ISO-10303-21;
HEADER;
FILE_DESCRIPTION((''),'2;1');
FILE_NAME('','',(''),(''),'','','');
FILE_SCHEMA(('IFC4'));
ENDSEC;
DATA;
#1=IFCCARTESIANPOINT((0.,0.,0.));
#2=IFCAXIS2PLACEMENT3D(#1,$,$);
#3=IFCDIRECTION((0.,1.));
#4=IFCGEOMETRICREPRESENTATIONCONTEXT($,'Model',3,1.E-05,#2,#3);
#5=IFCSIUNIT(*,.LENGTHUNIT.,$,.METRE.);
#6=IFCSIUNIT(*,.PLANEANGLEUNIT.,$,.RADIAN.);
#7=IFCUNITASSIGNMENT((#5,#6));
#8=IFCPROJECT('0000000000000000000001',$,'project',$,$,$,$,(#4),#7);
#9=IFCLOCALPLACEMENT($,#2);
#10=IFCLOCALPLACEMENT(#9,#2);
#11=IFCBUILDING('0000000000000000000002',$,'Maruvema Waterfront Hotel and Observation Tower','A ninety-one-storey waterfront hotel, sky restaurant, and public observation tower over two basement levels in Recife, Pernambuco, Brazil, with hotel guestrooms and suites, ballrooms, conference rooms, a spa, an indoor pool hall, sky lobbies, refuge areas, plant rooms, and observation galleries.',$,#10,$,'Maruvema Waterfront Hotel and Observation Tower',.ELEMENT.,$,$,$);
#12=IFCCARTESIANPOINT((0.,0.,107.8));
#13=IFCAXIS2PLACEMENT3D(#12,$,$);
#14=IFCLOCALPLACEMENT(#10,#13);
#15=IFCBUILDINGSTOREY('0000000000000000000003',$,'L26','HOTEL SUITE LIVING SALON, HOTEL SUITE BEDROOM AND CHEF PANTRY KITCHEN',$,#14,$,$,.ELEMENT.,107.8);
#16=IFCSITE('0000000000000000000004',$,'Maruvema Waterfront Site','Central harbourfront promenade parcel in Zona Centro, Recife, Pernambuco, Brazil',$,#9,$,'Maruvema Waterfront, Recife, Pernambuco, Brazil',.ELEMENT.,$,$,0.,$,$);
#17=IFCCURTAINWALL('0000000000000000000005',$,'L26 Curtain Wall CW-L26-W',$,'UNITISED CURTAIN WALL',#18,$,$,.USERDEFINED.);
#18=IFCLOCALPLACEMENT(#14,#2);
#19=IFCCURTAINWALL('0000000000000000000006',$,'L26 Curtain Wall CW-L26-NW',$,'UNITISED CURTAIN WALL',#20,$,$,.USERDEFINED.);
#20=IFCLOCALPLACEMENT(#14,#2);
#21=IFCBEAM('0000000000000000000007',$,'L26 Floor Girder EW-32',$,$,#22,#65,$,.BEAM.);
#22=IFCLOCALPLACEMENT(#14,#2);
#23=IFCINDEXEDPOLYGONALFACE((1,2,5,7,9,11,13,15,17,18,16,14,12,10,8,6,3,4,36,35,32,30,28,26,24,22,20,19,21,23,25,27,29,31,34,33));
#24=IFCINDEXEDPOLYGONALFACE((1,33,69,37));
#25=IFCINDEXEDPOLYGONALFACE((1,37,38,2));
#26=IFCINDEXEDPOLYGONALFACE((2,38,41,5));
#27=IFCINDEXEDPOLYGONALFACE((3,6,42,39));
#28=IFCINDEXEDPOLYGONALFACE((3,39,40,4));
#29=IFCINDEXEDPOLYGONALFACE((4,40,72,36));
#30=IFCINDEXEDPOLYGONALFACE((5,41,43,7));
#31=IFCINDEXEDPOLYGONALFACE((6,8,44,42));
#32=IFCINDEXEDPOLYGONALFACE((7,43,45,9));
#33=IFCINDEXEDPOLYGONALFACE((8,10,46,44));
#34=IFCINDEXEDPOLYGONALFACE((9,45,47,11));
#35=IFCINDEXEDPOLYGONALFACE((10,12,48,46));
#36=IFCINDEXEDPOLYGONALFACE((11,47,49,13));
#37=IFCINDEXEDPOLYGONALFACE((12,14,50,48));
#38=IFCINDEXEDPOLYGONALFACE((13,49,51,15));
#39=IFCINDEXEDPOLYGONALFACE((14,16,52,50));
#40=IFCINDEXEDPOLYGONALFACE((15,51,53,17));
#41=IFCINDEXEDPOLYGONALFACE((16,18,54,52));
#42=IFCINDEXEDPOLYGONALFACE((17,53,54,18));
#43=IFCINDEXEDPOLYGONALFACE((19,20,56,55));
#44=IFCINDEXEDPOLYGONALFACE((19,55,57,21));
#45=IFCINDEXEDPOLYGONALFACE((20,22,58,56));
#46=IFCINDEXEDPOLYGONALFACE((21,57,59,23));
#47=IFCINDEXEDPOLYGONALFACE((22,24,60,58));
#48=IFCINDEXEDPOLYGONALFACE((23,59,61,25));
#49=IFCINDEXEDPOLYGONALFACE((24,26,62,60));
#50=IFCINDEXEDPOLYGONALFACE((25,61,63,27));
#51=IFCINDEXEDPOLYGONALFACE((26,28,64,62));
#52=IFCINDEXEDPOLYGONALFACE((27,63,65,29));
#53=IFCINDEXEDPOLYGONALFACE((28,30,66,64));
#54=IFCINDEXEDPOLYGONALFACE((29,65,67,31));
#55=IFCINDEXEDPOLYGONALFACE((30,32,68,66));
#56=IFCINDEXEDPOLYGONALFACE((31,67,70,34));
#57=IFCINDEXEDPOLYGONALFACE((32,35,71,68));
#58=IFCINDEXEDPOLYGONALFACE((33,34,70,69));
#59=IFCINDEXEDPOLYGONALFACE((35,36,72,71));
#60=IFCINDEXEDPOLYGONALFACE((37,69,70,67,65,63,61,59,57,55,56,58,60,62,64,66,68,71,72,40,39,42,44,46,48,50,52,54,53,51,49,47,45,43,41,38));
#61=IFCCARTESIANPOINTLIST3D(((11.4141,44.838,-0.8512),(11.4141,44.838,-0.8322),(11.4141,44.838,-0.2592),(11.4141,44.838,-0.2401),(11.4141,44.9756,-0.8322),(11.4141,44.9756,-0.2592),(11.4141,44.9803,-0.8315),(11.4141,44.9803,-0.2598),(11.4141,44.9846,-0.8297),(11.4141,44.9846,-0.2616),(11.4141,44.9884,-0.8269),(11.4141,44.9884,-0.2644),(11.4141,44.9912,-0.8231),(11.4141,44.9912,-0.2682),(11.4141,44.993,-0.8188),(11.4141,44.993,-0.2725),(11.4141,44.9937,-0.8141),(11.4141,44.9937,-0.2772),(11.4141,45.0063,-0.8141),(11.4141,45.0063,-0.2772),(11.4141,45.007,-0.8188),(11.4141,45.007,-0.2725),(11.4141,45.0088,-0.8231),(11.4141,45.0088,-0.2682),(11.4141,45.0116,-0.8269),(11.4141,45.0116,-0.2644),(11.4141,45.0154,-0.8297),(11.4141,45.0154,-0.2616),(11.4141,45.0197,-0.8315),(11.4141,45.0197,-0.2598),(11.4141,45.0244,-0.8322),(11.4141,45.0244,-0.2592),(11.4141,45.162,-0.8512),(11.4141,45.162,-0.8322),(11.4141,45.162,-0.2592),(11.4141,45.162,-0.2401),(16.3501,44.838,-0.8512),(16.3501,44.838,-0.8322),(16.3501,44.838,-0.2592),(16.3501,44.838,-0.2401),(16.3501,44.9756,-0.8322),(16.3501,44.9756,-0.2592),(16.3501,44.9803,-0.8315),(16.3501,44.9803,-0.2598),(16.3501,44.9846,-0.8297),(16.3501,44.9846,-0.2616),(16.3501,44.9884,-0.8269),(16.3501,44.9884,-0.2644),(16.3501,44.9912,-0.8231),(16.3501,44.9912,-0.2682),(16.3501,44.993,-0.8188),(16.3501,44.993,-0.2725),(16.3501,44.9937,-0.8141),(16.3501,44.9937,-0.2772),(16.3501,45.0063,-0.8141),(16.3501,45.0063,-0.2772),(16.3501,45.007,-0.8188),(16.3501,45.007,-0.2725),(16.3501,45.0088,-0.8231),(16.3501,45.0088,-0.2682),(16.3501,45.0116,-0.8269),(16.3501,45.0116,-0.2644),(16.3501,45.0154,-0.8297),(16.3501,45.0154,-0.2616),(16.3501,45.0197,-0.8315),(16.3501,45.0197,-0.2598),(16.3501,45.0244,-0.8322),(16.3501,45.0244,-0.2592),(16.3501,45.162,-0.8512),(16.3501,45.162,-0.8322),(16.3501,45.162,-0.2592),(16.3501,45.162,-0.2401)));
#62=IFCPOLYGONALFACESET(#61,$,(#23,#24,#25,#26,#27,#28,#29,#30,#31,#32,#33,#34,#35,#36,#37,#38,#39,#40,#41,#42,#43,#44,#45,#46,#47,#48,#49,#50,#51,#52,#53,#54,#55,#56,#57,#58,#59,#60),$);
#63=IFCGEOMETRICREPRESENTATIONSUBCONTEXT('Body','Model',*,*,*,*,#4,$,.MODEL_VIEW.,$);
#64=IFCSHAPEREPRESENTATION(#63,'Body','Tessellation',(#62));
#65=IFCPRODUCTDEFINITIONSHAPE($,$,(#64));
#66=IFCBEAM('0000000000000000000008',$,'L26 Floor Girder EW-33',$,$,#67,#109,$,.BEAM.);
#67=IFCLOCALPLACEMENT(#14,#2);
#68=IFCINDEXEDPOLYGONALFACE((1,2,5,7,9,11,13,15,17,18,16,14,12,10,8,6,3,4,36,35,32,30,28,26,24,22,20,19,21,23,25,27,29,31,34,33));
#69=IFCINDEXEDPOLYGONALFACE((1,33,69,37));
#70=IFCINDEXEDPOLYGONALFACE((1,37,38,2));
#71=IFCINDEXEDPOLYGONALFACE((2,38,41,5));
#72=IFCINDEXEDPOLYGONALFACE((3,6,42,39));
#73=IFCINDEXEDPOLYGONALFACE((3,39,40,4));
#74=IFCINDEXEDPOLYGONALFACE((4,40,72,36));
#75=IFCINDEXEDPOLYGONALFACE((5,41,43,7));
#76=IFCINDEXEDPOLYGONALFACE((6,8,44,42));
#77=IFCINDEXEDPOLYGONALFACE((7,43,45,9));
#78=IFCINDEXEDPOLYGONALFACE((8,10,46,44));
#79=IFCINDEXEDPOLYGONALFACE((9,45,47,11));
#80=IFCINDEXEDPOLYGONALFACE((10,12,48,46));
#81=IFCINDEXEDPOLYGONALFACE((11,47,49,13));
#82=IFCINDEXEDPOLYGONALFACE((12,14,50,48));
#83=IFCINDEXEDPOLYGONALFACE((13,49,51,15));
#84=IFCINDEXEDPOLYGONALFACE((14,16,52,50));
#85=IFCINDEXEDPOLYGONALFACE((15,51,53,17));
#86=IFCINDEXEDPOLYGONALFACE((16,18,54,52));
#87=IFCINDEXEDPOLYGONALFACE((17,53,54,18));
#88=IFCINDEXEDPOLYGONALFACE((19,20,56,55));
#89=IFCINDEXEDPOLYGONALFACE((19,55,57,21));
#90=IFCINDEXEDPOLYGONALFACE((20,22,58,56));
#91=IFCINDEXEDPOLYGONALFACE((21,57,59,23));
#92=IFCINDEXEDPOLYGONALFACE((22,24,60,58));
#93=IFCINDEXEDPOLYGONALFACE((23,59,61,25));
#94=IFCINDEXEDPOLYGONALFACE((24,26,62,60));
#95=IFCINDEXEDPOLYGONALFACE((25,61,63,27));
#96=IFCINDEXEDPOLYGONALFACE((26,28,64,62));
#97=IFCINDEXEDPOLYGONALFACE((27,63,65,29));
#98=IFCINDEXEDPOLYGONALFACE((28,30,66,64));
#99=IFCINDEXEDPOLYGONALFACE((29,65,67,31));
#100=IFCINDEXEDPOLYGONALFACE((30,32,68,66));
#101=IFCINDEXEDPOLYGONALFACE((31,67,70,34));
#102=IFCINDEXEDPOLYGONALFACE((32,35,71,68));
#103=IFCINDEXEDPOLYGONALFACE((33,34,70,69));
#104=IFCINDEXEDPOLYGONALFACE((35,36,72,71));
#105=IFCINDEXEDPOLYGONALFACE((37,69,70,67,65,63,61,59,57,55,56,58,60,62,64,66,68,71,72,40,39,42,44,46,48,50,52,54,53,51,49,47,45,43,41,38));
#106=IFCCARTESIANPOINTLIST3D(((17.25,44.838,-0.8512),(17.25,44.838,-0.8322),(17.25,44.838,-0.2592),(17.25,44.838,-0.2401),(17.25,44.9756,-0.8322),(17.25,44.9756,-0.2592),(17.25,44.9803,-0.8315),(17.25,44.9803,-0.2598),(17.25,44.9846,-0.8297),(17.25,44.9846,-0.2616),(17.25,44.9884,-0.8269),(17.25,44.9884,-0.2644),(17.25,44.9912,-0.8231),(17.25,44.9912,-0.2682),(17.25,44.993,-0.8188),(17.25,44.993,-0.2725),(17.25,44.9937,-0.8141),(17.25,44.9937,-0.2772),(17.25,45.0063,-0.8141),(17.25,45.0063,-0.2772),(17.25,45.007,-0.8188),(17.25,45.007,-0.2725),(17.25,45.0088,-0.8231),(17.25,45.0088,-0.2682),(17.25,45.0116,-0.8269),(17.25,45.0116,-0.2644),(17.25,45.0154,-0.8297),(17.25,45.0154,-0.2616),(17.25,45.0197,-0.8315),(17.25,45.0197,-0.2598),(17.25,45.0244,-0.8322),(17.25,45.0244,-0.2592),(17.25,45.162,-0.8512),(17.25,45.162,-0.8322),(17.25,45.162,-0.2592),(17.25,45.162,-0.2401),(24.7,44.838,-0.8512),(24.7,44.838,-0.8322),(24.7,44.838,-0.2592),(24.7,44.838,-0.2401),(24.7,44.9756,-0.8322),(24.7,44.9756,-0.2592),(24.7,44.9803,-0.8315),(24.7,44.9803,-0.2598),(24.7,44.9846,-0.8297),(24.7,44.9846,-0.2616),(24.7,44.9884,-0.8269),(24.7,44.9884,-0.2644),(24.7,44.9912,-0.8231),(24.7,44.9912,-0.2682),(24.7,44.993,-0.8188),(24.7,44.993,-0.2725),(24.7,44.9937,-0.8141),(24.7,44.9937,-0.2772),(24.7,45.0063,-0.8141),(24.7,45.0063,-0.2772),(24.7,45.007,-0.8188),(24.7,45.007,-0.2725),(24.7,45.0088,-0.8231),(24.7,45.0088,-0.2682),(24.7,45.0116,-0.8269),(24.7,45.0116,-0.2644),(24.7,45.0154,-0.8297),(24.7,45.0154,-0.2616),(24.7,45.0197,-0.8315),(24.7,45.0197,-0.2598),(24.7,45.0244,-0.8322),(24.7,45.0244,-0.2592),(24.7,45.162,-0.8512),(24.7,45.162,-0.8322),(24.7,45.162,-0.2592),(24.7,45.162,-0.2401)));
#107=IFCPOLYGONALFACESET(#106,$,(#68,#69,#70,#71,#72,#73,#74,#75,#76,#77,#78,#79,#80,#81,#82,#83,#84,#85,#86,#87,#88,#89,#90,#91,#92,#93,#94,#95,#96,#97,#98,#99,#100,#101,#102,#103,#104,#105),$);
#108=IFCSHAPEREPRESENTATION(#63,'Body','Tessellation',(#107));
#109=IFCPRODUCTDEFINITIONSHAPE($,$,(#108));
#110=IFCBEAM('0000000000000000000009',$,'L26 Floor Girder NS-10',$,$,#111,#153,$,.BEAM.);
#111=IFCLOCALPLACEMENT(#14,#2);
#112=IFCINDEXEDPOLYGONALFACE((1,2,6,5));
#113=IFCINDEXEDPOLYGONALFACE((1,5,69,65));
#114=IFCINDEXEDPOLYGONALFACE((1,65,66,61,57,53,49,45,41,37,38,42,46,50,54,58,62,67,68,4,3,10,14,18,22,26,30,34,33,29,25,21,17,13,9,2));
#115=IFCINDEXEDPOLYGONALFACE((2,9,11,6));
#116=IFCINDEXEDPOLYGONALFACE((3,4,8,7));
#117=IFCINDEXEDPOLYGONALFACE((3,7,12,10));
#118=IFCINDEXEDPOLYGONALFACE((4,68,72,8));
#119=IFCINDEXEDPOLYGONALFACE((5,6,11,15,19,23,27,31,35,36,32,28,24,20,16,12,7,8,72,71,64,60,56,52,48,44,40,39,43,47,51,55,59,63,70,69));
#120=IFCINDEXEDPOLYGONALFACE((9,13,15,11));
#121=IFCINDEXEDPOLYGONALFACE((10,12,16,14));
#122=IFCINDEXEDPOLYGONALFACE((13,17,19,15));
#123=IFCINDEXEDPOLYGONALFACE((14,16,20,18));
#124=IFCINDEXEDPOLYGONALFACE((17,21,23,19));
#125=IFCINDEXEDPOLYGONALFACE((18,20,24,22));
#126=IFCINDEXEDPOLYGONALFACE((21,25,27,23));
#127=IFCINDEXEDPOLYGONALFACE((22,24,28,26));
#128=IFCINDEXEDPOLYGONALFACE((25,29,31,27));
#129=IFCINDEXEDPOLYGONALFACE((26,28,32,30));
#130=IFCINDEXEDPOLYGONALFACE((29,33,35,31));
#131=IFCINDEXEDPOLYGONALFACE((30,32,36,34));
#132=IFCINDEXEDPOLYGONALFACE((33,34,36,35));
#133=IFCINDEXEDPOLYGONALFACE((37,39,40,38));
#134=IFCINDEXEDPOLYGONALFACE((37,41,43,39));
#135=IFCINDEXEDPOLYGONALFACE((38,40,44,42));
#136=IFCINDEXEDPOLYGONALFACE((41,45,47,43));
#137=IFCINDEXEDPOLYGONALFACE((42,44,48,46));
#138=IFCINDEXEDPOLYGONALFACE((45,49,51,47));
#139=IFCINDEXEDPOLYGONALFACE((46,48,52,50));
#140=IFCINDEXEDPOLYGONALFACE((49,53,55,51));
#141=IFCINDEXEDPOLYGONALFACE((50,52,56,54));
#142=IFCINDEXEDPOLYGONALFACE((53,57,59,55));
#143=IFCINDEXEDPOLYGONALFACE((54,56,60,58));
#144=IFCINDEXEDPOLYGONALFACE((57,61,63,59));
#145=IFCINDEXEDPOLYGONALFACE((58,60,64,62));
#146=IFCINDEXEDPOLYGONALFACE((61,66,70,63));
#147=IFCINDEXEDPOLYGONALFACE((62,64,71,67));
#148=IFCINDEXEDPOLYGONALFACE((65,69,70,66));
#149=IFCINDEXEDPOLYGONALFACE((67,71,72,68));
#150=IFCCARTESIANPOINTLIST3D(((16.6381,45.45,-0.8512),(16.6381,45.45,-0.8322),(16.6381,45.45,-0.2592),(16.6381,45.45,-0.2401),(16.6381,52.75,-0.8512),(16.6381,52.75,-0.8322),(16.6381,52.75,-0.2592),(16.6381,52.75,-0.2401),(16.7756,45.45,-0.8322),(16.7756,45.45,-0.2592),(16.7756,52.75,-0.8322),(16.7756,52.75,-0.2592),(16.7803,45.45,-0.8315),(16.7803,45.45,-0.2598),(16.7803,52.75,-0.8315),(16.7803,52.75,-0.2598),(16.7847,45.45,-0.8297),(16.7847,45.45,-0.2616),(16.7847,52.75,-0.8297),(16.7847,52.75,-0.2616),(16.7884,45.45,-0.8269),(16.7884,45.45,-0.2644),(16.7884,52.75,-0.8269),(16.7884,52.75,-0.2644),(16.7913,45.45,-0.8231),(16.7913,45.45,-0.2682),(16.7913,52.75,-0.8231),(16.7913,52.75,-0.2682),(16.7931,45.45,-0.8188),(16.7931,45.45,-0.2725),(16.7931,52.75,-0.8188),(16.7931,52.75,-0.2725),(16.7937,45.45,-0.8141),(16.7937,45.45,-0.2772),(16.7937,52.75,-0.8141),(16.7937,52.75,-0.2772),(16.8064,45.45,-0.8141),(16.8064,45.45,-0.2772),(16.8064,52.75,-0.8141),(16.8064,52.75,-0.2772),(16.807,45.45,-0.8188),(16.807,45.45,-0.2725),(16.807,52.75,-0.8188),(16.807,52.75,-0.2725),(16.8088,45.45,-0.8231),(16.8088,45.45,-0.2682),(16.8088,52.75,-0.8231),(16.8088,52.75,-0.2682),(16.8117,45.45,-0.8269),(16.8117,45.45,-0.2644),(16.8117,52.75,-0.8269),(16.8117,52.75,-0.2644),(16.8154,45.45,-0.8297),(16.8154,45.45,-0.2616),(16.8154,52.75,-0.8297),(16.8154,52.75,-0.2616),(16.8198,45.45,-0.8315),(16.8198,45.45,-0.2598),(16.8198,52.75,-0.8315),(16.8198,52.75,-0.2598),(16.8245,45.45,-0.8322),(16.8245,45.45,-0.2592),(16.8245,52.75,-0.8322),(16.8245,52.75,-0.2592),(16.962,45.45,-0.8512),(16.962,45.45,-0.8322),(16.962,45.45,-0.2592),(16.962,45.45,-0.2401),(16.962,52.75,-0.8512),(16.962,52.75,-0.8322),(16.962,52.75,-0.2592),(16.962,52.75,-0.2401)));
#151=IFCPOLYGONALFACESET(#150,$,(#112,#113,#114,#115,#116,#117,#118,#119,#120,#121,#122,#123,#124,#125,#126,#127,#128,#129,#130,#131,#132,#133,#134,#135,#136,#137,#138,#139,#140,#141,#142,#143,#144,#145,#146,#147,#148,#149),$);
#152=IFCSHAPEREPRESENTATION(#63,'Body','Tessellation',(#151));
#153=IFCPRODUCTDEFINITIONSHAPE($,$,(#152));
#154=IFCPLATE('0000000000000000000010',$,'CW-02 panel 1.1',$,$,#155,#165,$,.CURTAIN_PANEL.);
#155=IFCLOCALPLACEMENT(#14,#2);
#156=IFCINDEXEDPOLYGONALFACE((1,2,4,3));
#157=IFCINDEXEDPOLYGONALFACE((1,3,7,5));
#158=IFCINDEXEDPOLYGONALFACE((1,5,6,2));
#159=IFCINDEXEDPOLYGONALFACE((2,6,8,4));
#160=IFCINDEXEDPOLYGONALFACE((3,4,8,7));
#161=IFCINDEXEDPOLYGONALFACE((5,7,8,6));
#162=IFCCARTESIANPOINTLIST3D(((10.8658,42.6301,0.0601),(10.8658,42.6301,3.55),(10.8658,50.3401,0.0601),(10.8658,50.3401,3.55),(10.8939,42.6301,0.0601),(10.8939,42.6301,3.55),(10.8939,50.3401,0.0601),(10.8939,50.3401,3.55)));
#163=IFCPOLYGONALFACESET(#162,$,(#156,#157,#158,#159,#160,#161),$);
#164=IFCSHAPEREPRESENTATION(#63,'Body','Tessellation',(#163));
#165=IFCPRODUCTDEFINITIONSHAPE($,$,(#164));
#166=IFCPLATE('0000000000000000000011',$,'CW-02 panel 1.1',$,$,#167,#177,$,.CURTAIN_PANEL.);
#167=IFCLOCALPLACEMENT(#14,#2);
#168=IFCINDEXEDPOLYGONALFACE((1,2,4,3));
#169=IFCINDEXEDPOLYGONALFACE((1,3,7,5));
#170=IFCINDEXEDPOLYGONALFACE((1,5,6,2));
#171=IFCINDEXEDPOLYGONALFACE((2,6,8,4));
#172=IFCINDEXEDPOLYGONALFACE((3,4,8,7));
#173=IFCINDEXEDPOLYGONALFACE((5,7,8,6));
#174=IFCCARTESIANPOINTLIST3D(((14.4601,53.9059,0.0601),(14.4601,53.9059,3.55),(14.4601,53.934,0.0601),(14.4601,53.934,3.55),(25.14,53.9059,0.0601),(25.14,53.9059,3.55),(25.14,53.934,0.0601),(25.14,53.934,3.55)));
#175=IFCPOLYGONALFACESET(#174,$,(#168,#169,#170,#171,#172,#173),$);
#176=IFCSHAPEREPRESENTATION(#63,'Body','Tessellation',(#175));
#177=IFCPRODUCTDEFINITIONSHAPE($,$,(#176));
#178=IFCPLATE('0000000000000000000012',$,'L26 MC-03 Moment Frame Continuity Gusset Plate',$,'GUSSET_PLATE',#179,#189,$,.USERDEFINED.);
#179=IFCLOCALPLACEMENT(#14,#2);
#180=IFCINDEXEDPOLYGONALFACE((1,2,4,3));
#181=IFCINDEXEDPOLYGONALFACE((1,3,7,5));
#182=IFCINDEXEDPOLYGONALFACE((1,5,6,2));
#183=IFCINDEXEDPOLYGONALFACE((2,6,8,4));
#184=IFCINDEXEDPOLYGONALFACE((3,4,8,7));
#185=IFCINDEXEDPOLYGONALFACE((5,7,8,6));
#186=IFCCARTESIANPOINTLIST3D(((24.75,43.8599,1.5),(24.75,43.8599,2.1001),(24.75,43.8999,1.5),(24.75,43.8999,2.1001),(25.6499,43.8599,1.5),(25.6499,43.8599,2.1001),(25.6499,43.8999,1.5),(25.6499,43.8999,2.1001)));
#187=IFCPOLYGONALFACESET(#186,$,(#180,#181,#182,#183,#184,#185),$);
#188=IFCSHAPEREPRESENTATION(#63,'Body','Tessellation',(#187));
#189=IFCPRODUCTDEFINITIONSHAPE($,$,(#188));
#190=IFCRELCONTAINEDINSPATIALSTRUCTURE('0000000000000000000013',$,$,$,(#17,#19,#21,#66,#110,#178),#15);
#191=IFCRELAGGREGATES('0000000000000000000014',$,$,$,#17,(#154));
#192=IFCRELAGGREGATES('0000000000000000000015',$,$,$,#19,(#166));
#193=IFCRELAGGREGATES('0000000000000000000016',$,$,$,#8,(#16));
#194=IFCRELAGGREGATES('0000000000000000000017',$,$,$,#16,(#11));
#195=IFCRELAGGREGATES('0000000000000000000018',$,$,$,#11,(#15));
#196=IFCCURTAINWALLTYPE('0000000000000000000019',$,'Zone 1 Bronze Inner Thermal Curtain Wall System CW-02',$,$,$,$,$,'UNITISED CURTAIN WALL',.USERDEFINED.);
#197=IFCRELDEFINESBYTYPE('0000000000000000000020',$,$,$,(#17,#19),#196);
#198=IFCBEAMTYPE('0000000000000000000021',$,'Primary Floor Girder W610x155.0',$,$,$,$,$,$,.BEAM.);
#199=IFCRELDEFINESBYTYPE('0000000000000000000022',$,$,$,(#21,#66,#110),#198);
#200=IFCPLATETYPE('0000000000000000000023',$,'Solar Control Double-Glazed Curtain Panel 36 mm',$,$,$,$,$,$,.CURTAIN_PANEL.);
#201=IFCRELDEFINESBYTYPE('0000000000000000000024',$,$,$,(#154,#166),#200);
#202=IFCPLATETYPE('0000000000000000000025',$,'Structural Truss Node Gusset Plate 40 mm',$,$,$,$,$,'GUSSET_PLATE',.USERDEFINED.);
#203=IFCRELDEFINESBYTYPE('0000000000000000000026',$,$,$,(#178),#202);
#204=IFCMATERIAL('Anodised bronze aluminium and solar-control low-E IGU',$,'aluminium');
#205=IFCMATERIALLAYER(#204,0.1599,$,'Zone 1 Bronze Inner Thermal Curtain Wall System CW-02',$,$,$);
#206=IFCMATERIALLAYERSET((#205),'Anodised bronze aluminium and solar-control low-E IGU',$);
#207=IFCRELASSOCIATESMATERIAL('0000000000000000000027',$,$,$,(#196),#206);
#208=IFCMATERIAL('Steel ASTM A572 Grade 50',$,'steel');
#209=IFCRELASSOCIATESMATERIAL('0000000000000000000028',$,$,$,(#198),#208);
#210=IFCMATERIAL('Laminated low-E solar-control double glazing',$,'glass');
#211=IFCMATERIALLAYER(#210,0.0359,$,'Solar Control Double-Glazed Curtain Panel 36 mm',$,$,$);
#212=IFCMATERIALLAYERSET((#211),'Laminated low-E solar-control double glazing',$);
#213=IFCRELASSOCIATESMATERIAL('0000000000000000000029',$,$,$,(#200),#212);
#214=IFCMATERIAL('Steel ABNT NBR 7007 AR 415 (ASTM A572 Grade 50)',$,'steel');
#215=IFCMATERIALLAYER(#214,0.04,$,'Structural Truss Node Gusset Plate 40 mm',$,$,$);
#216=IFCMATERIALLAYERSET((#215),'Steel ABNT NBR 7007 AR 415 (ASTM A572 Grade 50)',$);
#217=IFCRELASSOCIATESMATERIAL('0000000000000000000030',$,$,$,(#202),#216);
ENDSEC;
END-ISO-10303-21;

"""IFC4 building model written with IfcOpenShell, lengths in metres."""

from ifc_helpers import new_model, si_unit, direction, frame, origin, origin_2d, place, context, subcontext, project, spatial, rectangle, i_section, extrude, material, layer, layer_set, material_profile, profile_set, type_object, element, aggregate, save


model = new_model("IFC4")

# Units and contexts
model_context = context("Model", 3, precision=1e-05, world=origin(), true_north=direction((0.0, 1.0)))
body_context = subcontext(model_context, "Body", "Model", "MODEL_VIEW")
ifc_project = project(units=[si_unit("LENGTHUNIT", "METRE"), si_unit("PLANEANGLEUNIT", "RADIAN")], contexts=[model_context])

# Site, building, storey
site_placement = place(None, origin())
site = spatial("IfcSite", under=ifc_project, at=site_placement, Name="Maruvema Waterfront Site", Description="Central harbourfront promenade parcel in Zona Centro, Recife, Pernambuco, Brazil", LongName="Maruvema Waterfront, Recife, Pernambuco, Brazil", CompositionType="ELEMENT", RefElevation=0.0)
building_placement = place(site_placement, origin())
building = spatial("IfcBuilding", under=site, at=building_placement, Name="Maruvema Waterfront Hotel and Observation Tower", Description="A ninety-one-storey waterfront hotel, sky restaurant, and public observation tower over two basement levels in Recife, Pernambuco, Brazil, with hotel guestrooms and suites, ballrooms, conference rooms, a spa, an indoor pool hall, sky lobbies, refuge areas, plant rooms, and observation galleries.", LongName="Maruvema Waterfront Hotel and Observation Tower", CompositionType="ELEMENT")
storey_placement = place(building_placement, frame((0.0, 0.0, 107.8)))
storey = spatial("IfcBuildingStorey", under=building, at=storey_placement, Name="L26", Description="HOTEL SUITE LIVING SALON, HOTEL SUITE BEDROOM AND CHEF PANTRY KITCHEN", CompositionType="ELEMENT", Elevation=107.8)

# Curtain walls
ifc_material_1 = material(Name="Anodised bronze aluminium and solar-control low-E IGU", Category="aluminium")
ifc_layer_1 = layer(ifc_material_1, 0.1599, Name="Zone 1 Bronze Inner Thermal Curtain Wall System CW-02")
ifc_layer_set_1 = layer_set([ifc_layer_1], Name="Anodised bronze aluminium and solar-control low-E IGU")
curtain_wall_type = type_object("IfcCurtainWallType", Name="Zone 1 Bronze Inner Thermal Curtain Wall System CW-02", ElementType="UNITISED CURTAIN WALL", PredefinedType="USERDEFINED", material=ifc_layer_set_1)
curtain_wall_1_placement = place(storey_placement, origin())
curtain_wall_1 = element("IfcCurtainWall", 1, at=curtain_wall_1_placement, inside=storey, type_object=curtain_wall_type, Name="L26 Curtain Wall CW-L26-W", ObjectType="UNITISED CURTAIN WALL", PredefinedType="USERDEFINED")
curtain_wall_2_placement = place(storey_placement, origin())
curtain_wall_2 = element("IfcCurtainWall", 2, at=curtain_wall_2_placement, inside=storey, type_object=curtain_wall_type, Name="L26 Curtain Wall CW-L26-NW", ObjectType="UNITISED CURTAIN WALL", PredefinedType="USERDEFINED")

# Beams
ifc_material_2 = material(Name="Steel ASTM A572 Grade 50", Category="steel")
ifc_material_profile_1 = material_profile(ifc_material_2, i_section(OverallWidth=0.324, OverallDepth=0.6111, WebThickness=0.0127, FlangeThickness=0.019, FilletRadius=0.0181, at=origin_2d()), Name="W610x155.0")
ifc_profile_set_1 = profile_set([ifc_material_profile_1], Name="Steel ASTM A572 Grade 50")
beam_type = type_object("IfcBeamType", Name="Primary Floor Girder W610x155.0", PredefinedType="BEAM", material=ifc_profile_set_1)
beam_1_placement = place(storey_placement, frame((11.4141, 45.0, -0.5457), z_axis=(1.0, 0.0, 0.0), x_axis=(0.0, 1.0, 0.0)))
element("IfcBeam", 3, at=beam_1_placement, inside=storey, type_object=beam_type, Name="L26 Floor Girder EW-32", PredefinedType="BEAM", context=body_context, shape_type="SweptSolid", body=[
    extrude(i_section(OverallWidth=0.324, OverallDepth=0.6111, WebThickness=0.0127, FlangeThickness=0.019, FilletRadius=0.0181, at=origin_2d()), origin(), (0.0, 0.0, 1.0), 4.936),
])
beam_2_placement = place(storey_placement, frame((17.25, 45.0, -0.5457), z_axis=(1.0, 0.0, 0.0), x_axis=(0.0, 1.0, 0.0)))
element("IfcBeam", 4, at=beam_2_placement, inside=storey, type_object=beam_type, Name="L26 Floor Girder EW-33", PredefinedType="BEAM", context=body_context, shape_type="SweptSolid", body=[
    extrude(i_section(OverallWidth=0.324, OverallDepth=0.6111, WebThickness=0.0127, FlangeThickness=0.019, FilletRadius=0.0181, at=origin_2d()), origin(), (0.0, 0.0, 1.0), 7.45),
])
beam_3_placement = place(storey_placement, frame((16.8, 45.45, -0.5457), z_axis=(0.0, 1.0, 0.0), x_axis=(-1.0, 0.0, 0.0)))
element("IfcBeam", 5, at=beam_3_placement, inside=storey, type_object=beam_type, Name="L26 Floor Girder NS-10", PredefinedType="BEAM", context=body_context, shape_type="SweptSolid", body=[
    extrude(i_section(OverallWidth=0.324, OverallDepth=0.6111, WebThickness=0.0127, FlangeThickness=0.019, FilletRadius=0.0181, at=origin_2d()), origin(), (0.0, 0.0, 1.0), 7.3),
])

# Plates
ifc_material_3 = material(Name="Laminated low-E solar-control double glazing", Category="glass")
ifc_layer_2 = layer(ifc_material_3, 0.0359, Name="Solar Control Double-Glazed Curtain Panel 36 mm")
ifc_layer_set_2 = layer_set([ifc_layer_2], Name="Laminated low-E solar-control double glazing")
plate_type_1 = type_object("IfcPlateType", Name="Solar Control Double-Glazed Curtain Panel 36 mm", PredefinedType="CURTAIN_PANEL", material=ifc_layer_set_2)
plate_1_placement = place(storey_placement, frame((10.8799, 46.4851, 0.0601), z_axis=(0.0, 0.0, 1.0), x_axis=(0.0, -1.0, 0.0)))
plate_1 = element("IfcPlate", 6, at=plate_1_placement, type_object=plate_type_1, Name="CW-02 panel 1.1", PredefinedType="CURTAIN_PANEL", context=body_context, shape_type="SweptSolid", body=[
    extrude(rectangle(XDim=7.71, YDim=0.0281, at=origin_2d()), origin(), (0.0, 0.0, 1.0), 3.49),
])
aggregate(curtain_wall_1, [plate_1])
plate_2_placement = place(storey_placement, frame((19.8, 53.9199, 0.0601), z_axis=(0.0, 0.0, 1.0), x_axis=(-1.0, 0.0, 0.0)))
plate_2 = element("IfcPlate", 7, at=plate_2_placement, type_object=plate_type_1, Name="CW-02 panel 1.1", PredefinedType="CURTAIN_PANEL", context=body_context, shape_type="SweptSolid", body=[
    extrude(rectangle(XDim=10.6799, YDim=0.0281, at=origin_2d()), origin(), (0.0, 0.0, 1.0), 3.49),
])
aggregate(curtain_wall_2, [plate_2])
ifc_material_4 = material(Name="Steel ABNT NBR 7007 AR 415 (ASTM A572 Grade 50)", Category="steel")
ifc_layer_3 = layer(ifc_material_4, 0.04, Name="Structural Truss Node Gusset Plate 40 mm")
ifc_layer_set_3 = layer_set([ifc_layer_3], Name="Steel ABNT NBR 7007 AR 415 (ASTM A572 Grade 50)")
plate_type_2 = type_object("IfcPlateType", Name="Structural Truss Node Gusset Plate 40 mm", ElementType="GUSSET_PLATE", PredefinedType="USERDEFINED", material=ifc_layer_set_3)
plate_3_placement = place(storey_placement, frame((25.2, 43.8799, 1.5), z_axis=(0.0, 0.0, 1.0), x_axis=(1.0, 0.0, 0.0)))
element("IfcPlate", 8, at=plate_3_placement, inside=storey, type_object=plate_type_2, Name="L26 MC-03 Moment Frame Continuity Gusset Plate", ObjectType="GUSSET_PLATE", PredefinedType="USERDEFINED", context=body_context, shape_type="SweptSolid", body=[
    extrude(rectangle(XDim=0.8999, YDim=0.04, at=origin_2d()), origin(), (0.0, 0.0, 1.0), 0.6001),
])

save(model, "model.ifc")
